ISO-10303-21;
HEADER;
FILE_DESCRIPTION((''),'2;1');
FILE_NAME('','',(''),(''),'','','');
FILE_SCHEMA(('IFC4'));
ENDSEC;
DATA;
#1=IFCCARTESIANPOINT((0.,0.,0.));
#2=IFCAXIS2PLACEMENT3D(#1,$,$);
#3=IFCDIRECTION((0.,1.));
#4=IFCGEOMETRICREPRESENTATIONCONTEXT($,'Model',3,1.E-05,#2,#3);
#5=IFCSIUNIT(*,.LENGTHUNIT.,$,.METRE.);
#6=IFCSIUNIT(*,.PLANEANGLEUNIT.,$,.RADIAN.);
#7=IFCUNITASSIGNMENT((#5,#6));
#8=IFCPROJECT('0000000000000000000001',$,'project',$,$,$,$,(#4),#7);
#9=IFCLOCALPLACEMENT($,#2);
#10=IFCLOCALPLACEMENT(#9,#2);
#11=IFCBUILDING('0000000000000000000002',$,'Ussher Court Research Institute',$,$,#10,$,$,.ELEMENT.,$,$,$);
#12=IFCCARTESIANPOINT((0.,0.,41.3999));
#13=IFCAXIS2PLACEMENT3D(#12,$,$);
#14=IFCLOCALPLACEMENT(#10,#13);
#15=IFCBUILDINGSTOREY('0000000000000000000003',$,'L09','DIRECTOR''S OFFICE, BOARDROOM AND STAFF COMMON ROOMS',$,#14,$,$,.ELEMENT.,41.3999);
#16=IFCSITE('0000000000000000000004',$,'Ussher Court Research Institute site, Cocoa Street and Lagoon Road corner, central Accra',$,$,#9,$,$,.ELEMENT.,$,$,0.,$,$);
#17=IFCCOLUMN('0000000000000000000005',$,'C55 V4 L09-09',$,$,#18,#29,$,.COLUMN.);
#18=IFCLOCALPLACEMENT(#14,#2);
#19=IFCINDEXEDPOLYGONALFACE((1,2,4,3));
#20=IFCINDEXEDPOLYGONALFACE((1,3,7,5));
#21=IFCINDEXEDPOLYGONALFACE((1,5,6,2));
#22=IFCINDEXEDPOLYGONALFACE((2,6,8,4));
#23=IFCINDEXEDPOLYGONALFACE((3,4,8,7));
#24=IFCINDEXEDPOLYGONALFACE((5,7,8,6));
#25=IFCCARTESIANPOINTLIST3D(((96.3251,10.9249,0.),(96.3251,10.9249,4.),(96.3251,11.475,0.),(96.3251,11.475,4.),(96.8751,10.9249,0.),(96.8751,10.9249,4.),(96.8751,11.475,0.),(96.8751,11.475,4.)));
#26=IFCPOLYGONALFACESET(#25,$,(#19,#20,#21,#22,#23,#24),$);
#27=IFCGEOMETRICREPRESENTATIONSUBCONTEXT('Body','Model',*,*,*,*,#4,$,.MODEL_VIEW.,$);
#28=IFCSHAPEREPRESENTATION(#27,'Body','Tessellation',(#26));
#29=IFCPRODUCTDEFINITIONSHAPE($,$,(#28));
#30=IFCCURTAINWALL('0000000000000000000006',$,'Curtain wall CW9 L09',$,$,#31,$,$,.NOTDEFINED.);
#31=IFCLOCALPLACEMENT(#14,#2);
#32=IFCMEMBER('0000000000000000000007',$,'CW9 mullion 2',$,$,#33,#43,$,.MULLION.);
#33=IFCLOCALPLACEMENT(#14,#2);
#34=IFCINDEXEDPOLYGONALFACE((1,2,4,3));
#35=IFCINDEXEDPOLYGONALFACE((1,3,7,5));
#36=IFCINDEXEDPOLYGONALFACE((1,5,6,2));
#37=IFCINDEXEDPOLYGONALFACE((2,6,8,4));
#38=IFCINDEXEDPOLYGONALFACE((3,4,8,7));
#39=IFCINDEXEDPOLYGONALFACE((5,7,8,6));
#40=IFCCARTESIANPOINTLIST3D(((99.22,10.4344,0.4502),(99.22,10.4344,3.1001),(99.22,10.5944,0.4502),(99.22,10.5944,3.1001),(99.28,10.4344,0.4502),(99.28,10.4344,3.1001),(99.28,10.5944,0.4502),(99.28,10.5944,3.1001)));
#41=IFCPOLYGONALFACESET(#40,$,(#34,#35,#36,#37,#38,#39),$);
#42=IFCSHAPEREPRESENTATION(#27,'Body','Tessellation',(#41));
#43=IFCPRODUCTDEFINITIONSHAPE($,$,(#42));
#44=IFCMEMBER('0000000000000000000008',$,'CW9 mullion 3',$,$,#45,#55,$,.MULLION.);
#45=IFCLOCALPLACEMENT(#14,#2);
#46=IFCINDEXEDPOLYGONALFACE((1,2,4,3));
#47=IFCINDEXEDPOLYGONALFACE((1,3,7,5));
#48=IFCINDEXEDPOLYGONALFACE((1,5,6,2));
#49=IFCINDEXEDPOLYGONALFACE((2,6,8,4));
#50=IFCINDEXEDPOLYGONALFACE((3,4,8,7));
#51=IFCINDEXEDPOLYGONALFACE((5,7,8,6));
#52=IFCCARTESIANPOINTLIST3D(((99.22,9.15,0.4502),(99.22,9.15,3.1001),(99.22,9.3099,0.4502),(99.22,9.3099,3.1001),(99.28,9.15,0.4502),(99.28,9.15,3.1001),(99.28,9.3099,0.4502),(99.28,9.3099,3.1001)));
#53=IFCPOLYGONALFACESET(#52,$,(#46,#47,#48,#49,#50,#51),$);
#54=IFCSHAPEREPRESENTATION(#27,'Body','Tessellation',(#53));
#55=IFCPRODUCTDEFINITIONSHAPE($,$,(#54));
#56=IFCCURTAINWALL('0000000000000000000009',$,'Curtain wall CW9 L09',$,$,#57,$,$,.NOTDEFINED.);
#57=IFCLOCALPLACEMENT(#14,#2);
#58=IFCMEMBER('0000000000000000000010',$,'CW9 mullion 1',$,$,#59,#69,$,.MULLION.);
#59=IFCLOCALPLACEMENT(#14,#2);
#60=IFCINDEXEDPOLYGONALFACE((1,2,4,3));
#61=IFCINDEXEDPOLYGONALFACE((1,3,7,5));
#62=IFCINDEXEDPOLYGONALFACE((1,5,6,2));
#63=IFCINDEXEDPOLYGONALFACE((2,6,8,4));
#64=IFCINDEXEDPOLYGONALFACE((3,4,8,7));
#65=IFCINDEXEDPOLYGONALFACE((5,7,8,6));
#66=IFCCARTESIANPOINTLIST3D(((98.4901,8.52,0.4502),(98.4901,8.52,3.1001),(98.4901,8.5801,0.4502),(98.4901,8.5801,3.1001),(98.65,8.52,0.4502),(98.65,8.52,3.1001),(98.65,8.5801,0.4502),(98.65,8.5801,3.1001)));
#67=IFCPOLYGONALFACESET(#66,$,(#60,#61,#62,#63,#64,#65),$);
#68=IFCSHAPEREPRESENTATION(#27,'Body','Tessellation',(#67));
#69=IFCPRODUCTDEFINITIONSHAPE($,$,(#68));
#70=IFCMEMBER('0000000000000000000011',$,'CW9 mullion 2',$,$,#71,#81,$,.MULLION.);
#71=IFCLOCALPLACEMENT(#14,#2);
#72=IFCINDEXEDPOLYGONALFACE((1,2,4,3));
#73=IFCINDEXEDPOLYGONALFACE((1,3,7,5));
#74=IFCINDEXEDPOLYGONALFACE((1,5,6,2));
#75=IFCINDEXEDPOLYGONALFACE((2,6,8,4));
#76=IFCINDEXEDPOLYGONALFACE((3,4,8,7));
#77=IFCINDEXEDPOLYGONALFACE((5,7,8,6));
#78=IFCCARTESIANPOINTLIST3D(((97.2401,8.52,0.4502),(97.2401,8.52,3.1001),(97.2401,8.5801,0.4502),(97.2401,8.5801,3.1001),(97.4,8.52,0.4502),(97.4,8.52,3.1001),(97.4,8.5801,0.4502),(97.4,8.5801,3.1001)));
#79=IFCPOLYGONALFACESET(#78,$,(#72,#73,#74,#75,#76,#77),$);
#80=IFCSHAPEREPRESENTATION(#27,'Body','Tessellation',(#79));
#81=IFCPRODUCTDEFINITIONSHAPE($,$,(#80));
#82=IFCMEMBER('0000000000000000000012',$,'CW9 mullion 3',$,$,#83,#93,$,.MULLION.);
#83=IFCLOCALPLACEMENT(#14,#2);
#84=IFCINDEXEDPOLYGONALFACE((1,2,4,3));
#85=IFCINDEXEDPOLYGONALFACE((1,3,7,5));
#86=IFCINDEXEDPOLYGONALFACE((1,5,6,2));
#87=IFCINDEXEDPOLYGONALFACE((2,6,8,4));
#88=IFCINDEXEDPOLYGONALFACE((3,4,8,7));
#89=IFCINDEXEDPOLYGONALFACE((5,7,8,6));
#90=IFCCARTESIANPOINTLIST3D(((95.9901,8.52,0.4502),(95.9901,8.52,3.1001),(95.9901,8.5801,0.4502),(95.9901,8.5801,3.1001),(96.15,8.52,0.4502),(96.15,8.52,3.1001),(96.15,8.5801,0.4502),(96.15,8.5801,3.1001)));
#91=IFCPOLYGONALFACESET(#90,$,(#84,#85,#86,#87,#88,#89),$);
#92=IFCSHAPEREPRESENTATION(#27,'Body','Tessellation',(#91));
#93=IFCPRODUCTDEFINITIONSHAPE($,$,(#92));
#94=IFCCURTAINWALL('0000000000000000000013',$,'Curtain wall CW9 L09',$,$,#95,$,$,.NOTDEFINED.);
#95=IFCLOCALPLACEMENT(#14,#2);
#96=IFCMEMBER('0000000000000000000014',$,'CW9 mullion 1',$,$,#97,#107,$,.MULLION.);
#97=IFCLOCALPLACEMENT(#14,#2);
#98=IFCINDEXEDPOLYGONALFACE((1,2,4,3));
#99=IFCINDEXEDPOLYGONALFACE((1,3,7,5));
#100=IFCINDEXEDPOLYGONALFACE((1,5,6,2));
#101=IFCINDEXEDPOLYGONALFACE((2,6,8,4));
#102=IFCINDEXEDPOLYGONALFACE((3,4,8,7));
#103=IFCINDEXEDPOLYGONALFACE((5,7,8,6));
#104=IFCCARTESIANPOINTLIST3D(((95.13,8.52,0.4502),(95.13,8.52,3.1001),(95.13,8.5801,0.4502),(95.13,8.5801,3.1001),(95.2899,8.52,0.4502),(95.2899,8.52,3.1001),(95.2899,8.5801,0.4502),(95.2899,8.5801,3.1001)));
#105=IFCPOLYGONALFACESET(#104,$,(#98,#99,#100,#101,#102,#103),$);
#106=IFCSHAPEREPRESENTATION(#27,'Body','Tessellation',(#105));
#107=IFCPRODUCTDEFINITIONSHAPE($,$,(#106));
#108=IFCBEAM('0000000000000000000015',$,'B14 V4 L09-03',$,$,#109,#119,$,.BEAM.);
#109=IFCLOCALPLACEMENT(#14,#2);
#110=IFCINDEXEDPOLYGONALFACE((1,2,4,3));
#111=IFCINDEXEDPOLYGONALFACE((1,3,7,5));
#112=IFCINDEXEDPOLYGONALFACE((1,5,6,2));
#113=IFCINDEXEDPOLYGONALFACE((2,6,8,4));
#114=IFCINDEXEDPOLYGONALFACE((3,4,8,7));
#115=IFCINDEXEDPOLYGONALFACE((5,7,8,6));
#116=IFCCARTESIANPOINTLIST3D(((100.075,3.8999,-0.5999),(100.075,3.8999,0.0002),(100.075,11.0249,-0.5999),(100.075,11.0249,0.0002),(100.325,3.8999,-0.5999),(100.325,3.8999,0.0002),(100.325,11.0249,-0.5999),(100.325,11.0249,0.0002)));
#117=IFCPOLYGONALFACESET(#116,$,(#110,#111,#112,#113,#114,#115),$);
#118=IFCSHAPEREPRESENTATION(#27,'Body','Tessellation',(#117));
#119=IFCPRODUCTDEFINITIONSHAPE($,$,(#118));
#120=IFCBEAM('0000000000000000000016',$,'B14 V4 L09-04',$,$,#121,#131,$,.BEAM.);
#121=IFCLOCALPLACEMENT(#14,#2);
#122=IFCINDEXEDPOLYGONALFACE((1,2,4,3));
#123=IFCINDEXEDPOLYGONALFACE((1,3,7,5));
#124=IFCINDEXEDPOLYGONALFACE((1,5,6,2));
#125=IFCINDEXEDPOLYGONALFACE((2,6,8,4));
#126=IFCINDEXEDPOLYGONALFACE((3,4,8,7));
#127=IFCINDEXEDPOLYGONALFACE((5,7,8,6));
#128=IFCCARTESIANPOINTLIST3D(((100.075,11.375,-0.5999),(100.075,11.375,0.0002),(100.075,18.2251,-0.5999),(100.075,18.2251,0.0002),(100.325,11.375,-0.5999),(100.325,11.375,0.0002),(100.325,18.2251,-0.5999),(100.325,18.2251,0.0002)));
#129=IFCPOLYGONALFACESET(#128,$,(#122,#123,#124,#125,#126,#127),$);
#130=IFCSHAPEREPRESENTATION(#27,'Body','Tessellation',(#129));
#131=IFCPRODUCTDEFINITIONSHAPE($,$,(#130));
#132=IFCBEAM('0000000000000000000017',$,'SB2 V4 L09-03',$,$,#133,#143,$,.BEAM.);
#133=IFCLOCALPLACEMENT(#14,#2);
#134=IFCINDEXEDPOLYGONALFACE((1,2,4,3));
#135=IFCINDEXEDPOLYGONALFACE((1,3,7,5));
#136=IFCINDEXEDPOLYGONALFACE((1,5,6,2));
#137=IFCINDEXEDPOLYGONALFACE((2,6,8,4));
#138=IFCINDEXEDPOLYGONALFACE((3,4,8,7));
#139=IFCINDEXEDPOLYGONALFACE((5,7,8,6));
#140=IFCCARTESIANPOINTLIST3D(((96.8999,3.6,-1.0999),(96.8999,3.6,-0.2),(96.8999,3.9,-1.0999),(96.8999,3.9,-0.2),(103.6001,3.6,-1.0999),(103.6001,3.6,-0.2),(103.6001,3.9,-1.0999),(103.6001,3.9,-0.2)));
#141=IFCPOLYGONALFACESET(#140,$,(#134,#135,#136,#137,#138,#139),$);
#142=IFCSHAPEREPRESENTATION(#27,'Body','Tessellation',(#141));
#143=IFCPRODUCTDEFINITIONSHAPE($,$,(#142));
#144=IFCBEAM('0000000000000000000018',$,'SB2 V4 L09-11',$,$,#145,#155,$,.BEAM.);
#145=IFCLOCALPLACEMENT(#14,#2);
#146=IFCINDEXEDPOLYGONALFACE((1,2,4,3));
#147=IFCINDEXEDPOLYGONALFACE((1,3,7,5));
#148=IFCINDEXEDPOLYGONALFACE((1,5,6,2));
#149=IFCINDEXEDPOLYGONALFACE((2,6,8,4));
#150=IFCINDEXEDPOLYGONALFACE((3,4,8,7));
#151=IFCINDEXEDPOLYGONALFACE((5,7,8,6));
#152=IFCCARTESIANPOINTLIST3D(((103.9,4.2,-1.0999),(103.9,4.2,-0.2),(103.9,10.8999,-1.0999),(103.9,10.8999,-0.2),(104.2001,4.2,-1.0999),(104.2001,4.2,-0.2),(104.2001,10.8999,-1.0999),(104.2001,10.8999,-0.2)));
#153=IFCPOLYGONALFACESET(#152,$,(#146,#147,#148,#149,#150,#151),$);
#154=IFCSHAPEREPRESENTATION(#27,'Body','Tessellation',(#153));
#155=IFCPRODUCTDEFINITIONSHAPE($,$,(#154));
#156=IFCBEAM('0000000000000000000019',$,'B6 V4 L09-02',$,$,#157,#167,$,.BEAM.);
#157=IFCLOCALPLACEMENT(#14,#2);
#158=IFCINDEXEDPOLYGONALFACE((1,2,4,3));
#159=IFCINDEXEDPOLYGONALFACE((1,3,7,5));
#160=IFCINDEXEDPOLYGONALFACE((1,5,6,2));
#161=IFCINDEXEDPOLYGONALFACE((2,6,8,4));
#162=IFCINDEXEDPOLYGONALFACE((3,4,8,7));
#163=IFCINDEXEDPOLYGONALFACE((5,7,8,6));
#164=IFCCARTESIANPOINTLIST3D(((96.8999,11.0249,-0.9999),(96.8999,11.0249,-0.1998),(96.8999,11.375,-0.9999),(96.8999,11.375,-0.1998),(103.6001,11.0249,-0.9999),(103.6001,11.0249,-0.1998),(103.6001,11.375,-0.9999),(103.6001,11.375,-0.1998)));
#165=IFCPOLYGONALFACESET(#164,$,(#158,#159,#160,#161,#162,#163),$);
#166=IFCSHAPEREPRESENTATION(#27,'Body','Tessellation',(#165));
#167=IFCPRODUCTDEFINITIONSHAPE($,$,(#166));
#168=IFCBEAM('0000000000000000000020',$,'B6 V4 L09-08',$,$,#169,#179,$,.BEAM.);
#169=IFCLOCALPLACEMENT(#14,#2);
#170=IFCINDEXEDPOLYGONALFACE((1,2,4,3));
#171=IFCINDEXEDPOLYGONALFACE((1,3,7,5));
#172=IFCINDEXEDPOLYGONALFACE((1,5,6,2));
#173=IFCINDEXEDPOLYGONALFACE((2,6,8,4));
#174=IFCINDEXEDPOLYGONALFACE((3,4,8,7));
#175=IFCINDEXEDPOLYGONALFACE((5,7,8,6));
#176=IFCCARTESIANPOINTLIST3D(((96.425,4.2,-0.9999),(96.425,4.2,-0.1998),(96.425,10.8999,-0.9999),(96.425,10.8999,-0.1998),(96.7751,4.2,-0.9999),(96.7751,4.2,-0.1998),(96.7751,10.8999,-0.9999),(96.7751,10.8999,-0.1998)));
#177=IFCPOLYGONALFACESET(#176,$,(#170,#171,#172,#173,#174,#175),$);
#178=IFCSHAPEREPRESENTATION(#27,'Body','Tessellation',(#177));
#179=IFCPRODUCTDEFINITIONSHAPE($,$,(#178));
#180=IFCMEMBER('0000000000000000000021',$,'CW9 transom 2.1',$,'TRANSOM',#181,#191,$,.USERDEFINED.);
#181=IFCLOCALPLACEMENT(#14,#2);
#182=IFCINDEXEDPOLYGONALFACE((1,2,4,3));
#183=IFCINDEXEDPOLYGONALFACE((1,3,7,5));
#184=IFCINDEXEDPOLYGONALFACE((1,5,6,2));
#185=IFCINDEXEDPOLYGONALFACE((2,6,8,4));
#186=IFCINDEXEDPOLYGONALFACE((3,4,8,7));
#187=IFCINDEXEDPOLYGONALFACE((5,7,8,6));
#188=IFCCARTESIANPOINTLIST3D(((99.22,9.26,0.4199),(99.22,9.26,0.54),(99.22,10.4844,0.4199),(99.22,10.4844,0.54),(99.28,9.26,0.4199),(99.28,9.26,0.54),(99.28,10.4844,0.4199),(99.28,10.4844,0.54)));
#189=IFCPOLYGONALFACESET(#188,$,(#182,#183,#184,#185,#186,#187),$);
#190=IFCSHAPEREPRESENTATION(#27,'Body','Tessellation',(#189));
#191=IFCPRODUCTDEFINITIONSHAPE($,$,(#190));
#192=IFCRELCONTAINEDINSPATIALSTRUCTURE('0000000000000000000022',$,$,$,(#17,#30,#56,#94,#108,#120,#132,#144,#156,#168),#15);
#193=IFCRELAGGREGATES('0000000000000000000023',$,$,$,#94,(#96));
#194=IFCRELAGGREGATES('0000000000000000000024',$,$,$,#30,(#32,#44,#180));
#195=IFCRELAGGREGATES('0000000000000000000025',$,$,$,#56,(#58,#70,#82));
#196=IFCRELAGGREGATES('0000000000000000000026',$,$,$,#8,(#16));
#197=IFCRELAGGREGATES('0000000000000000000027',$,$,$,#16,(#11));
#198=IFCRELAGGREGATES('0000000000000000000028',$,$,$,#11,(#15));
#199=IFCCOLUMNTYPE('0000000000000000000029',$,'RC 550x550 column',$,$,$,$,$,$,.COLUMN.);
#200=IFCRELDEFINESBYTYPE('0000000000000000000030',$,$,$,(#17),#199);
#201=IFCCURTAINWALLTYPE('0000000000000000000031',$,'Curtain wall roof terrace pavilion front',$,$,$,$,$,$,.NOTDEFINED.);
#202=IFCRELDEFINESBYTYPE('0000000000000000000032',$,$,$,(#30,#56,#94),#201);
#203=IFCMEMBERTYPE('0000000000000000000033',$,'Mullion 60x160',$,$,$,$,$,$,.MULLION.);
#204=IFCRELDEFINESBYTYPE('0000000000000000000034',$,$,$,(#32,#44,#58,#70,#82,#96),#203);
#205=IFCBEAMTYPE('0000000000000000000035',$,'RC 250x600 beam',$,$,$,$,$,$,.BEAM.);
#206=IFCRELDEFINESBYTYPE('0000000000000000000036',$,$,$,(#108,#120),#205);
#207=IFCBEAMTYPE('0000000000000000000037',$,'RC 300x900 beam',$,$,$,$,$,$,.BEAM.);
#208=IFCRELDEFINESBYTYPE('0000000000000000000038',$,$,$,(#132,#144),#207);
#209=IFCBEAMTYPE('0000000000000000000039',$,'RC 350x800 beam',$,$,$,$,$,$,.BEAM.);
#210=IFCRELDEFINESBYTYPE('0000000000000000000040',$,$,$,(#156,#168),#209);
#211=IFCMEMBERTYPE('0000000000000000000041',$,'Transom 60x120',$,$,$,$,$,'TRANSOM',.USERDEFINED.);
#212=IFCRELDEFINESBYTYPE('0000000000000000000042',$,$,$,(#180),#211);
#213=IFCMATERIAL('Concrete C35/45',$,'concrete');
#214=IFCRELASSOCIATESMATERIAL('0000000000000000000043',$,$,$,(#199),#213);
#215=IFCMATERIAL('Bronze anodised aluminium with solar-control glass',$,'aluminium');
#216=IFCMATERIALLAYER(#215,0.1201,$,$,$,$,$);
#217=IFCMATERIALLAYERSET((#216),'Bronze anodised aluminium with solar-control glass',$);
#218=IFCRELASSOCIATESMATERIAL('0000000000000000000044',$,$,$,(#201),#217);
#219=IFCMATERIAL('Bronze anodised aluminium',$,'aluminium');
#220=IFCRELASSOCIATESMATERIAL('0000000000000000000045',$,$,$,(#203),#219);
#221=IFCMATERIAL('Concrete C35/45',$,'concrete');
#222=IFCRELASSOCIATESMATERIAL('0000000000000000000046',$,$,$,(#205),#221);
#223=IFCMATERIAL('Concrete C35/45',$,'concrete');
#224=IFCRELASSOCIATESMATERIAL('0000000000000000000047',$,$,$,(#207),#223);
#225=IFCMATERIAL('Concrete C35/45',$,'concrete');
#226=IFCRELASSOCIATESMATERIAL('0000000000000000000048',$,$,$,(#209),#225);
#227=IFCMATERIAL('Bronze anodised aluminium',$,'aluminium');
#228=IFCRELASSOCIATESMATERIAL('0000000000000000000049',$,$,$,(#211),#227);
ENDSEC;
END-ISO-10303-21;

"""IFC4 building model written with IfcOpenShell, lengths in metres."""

from ifc_helpers import new_model, si_unit, direction, frame, origin, origin_2d, place, context, subcontext, project, spatial, rectangle, extrude, material, layer, layer_set, material_profile, profile_set, type_object, element, aggregate, save


model = new_model("IFC4")

# Units and contexts
model_context = context("Model", 3, precision=1e-05, world=origin(), true_north=direction((0.0, 1.0)))
body_context = subcontext(model_context, "Body", "Model", "MODEL_VIEW")
ifc_project = project(units=[si_unit("LENGTHUNIT", "METRE"), si_unit("PLANEANGLEUNIT", "RADIAN")], contexts=[model_context])

# Site, building, storey
site_placement = place(None, origin())
site = spatial("IfcSite", under=ifc_project, at=site_placement, Name="Ussher Court Research Institute site, Cocoa Street and Lagoon Road corner, central Accra", CompositionType="ELEMENT", RefElevation=0.0)
building_placement = place(site_placement, origin())
building = spatial("IfcBuilding", under=site, at=building_placement, Name="Ussher Court Research Institute", CompositionType="ELEMENT")
storey_placement = place(building_placement, frame((0.0, 0.0, 41.3999)))
storey = spatial("IfcBuildingStorey", under=building, at=storey_placement, Name="L09", Description="DIRECTOR'S OFFICE, BOARDROOM AND STAFF COMMON ROOMS", CompositionType="ELEMENT", Elevation=41.3999)

# Column
ifc_material_1 = material(Name="Concrete C35/45", Category="concrete")
ifc_material_profile_1 = material_profile(ifc_material_1, rectangle(XDim=0.55, YDim=0.55, at=origin_2d()), Name="RC 550x550")
ifc_profile_set_1 = profile_set([ifc_material_profile_1], Name="Concrete C35/45")
column_type = type_object("IfcColumnType", Name="RC 550x550 column", PredefinedType="COLUMN", material=ifc_profile_set_1)
column_placement = place(storey_placement, frame((96.6001, 11.2, 0.0), z_axis=(0.0, 0.0, 1.0), x_axis=(1.0, 0.0, 0.0)))
element("IfcColumn", 1, at=column_placement, inside=storey, type_object=column_type, Name="C55 V4 L09-09", PredefinedType="COLUMN", context=body_context, shape_type="SweptSolid", body=[
    extrude(rectangle(XDim=0.55, YDim=0.55, at=origin_2d()), origin(), (0.0, 0.0, 1.0), 4.0),
])

# Curtain walls, members
ifc_material_2 = material(Name="Bronze anodised aluminium with solar-control glass", Category="aluminium")
ifc_layer_1 = layer(ifc_material_2, 0.1201)
ifc_layer_set_1 = layer_set([ifc_layer_1], Name="Bronze anodised aluminium with solar-control glass")
curtain_wall_type = type_object("IfcCurtainWallType", Name="Curtain wall roof terrace pavilion front", PredefinedType="NOTDEFINED", material=ifc_layer_set_1)
curtain_wall_1_placement = place(storey_placement, origin())
curtain_wall_1 = element("IfcCurtainWall", 2, at=curtain_wall_1_placement, inside=storey, type_object=curtain_wall_type, Name="Curtain wall CW9 L09", PredefinedType="NOTDEFINED")
ifc_material_3 = material(Name="Bronze anodised aluminium", Category="aluminium")
ifc_material_profile_2 = material_profile(ifc_material_3, rectangle(XDim=0.0601, YDim=0.1599, at=origin_2d()), Name="Mullion 60x160")
ifc_profile_set_2 = profile_set([ifc_material_profile_2], Name="Bronze anodised aluminium")
member_type_1 = type_object("IfcMemberType", Name="Mullion 60x160", PredefinedType="MULLION", material=ifc_profile_set_2)
member_1_placement = place(storey_placement, frame((99.25, 10.5144, 0.4502), z_axis=(0.0, 0.0, 1.0), x_axis=(1.0, 0.0, 0.0)))
member_1 = element("IfcMember", 3, at=member_1_placement, type_object=member_type_1, Name="CW9 mullion 2", PredefinedType="MULLION", context=body_context, shape_type="SweptSolid", body=[
    extrude(rectangle(XDim=0.0601, YDim=0.1599, at=origin_2d()), origin(), (0.0, 0.0, 1.0), 2.6499),
])
member_2_placement = place(storey_placement, frame((99.25, 9.23, 0.4502), z_axis=(0.0, 0.0, 1.0), x_axis=(1.0, 0.0, 0.0)))
member_2 = element("IfcMember", 4, at=member_2_placement, type_object=member_type_1, Name="CW9 mullion 3", PredefinedType="MULLION", context=body_context, shape_type="SweptSolid", body=[
    extrude(rectangle(XDim=0.0601, YDim=0.1599, at=origin_2d()), origin(), (0.0, 0.0, 1.0), 2.6499),
])
curtain_wall_2_placement = place(storey_placement, origin())
curtain_wall_2 = element("IfcCurtainWall", 5, at=curtain_wall_2_placement, inside=storey, type_object=curtain_wall_type, Name="Curtain wall CW9 L09", PredefinedType="NOTDEFINED")
member_3_placement = place(storey_placement, frame((98.5701, 8.55, 0.4502), z_axis=(0.0, 0.0, 1.0), x_axis=(0.0, -1.0, 0.0)))
member_3 = element("IfcMember", 6, at=member_3_placement, type_object=member_type_1, Name="CW9 mullion 1", PredefinedType="MULLION", context=body_context, shape_type="SweptSolid", body=[
    extrude(rectangle(XDim=0.0601, YDim=0.1599, at=origin_2d()), origin(), (0.0, 0.0, 1.0), 2.6499),
])
member_4_placement = place(storey_placement, frame((97.3201, 8.55, 0.4502), z_axis=(0.0, 0.0, 1.0), x_axis=(0.0, -1.0, 0.0)))
member_4 = element("IfcMember", 7, at=member_4_placement, type_object=member_type_1, Name="CW9 mullion 2", PredefinedType="MULLION", context=body_context, shape_type="SweptSolid", body=[
    extrude(rectangle(XDim=0.0601, YDim=0.1599, at=origin_2d()), origin(), (0.0, 0.0, 1.0), 2.6499),
])
member_5_placement = place(storey_placement, frame((96.0701, 8.55, 0.4502), z_axis=(0.0, 0.0, 1.0), x_axis=(0.0, -1.0, 0.0)))
member_5 = element("IfcMember", 8, at=member_5_placement, type_object=member_type_1, Name="CW9 mullion 3", PredefinedType="MULLION", context=body_context, shape_type="SweptSolid", body=[
    extrude(rectangle(XDim=0.0601, YDim=0.1599, at=origin_2d()), origin(), (0.0, 0.0, 1.0), 2.6499),
])

# Curtain wall, member
curtain_wall_3_placement = place(storey_placement, origin())
curtain_wall_3 = element("IfcCurtainWall", 9, at=curtain_wall_3_placement, inside=storey, type_object=curtain_wall_type, Name="Curtain wall CW9 L09", PredefinedType="NOTDEFINED")
member_6_placement = place(storey_placement, frame((95.21, 8.55, 0.4502), z_axis=(0.0, 0.0, 1.0), x_axis=(0.0, -1.0, 0.0)))
member_6 = element("IfcMember", 10, at=member_6_placement, type_object=member_type_1, Name="CW9 mullion 1", PredefinedType="MULLION", context=body_context, shape_type="SweptSolid", body=[
    extrude(rectangle(XDim=0.0601, YDim=0.1599, at=origin_2d()), origin(), (0.0, 0.0, 1.0), 2.6499),
])
aggregate(curtain_wall_3, [member_6])

# Beams
ifc_material_4 = material(Name="Concrete C35/45", Category="concrete")
ifc_material_profile_3 = material_profile(ifc_material_4, rectangle(XDim=0.25, YDim=0.6001, at=origin_2d()), Name="RC 250x600")
ifc_profile_set_3 = profile_set([ifc_material_profile_3], Name="Concrete C35/45")
beam_type_1 = type_object("IfcBeamType", Name="RC 250x600 beam", PredefinedType="BEAM", material=ifc_profile_set_3)
beam_1_placement = place(storey_placement, frame((100.2, 3.8999, -0.2998), z_axis=(0.0, 1.0, 0.0), x_axis=(-1.0, 0.0, 0.0)))
element("IfcBeam", 11, at=beam_1_placement, inside=storey, type_object=beam_type_1, Name="B14 V4 L09-03", PredefinedType="BEAM", context=body_context, shape_type="SweptSolid", body=[
    extrude(rectangle(XDim=0.25, YDim=0.6001, at=origin_2d()), origin(), (0.0, 0.0, 1.0), 7.125),
])
beam_2_placement = place(storey_placement, frame((100.2, 11.375, -0.2998), z_axis=(0.0, 1.0, 0.0), x_axis=(-1.0, 0.0, 0.0)))
element("IfcBeam", 12, at=beam_2_placement, inside=storey, type_object=beam_type_1, Name="B14 V4 L09-04", PredefinedType="BEAM", context=body_context, shape_type="SweptSolid", body=[
    extrude(rectangle(XDim=0.25, YDim=0.6001, at=origin_2d()), origin(), (0.0, 0.0, 1.0), 6.8501),
])
ifc_material_5 = material(Name="Concrete C35/45", Category="concrete")
ifc_material_profile_4 = material_profile(ifc_material_5, rectangle(XDim=0.3, YDim=0.8999, at=origin_2d()), Name="RC 300x900")
ifc_profile_set_4 = profile_set([ifc_material_profile_4], Name="Concrete C35/45")
beam_type_2 = type_object("IfcBeamType", Name="RC 300x900 beam", PredefinedType="BEAM", material=ifc_profile_set_4)
beam_3_placement = place(storey_placement, frame((96.8999, 3.75, -0.6499), z_axis=(1.0, 0.0, 0.0), x_axis=(0.0, 1.0, 0.0)))
element("IfcBeam", 13, at=beam_3_placement, inside=storey, type_object=beam_type_2, Name="SB2 V4 L09-03", PredefinedType="BEAM", context=body_context, shape_type="SweptSolid", body=[
    extrude(rectangle(XDim=0.3, YDim=0.8999, at=origin_2d()), origin(), (0.0, 0.0, 1.0), 6.7002),
])
beam_4_placement = place(storey_placement, frame((104.05, 4.2, -0.6499), z_axis=(0.0, 1.0, 0.0), x_axis=(-1.0, 0.0, 0.0)))
element("IfcBeam", 14, at=beam_4_placement, inside=storey, type_object=beam_type_2, Name="SB2 V4 L09-11", PredefinedType="BEAM", context=body_context, shape_type="SweptSolid", body=[
    extrude(rectangle(XDim=0.3, YDim=0.8999, at=origin_2d()), origin(), (0.0, 0.0, 1.0), 6.7),
])
ifc_material_6 = material(Name="Concrete C35/45", Category="concrete")
ifc_material_profile_5 = material_profile(ifc_material_6, rectangle(XDim=0.3501, YDim=0.8, at=origin_2d()), Name="RC 350x800")
ifc_profile_set_5 = profile_set([ifc_material_profile_5], Name="Concrete C35/45")
beam_type_3 = type_object("IfcBeamType", Name="RC 350x800 beam", PredefinedType="BEAM", material=ifc_profile_set_5)
beam_5_placement = place(storey_placement, frame((96.8999, 11.2, -0.5999), z_axis=(1.0, 0.0, 0.0), x_axis=(0.0, 1.0, 0.0)))
element("IfcBeam", 15, at=beam_5_placement, inside=storey, type_object=beam_type_3, Name="B6 V4 L09-02", PredefinedType="BEAM", context=body_context, shape_type="SweptSolid", body=[
    extrude(rectangle(XDim=0.3501, YDim=0.8, at=origin_2d()), origin(), (0.0, 0.0, 1.0), 6.7002),
])
beam_6_placement = place(storey_placement, frame((96.6001, 4.2, -0.5999), z_axis=(0.0, 1.0, 0.0), x_axis=(-1.0, 0.0, 0.0)))
element("IfcBeam", 16, at=beam_6_placement, inside=storey, type_object=beam_type_3, Name="B6 V4 L09-08", PredefinedType="BEAM", context=body_context, shape_type="SweptSolid", body=[
    extrude(rectangle(XDim=0.3501, YDim=0.8, at=origin_2d()), origin(), (0.0, 0.0, 1.0), 6.7),
])

# Member
ifc_material_7 = material(Name="Bronze anodised aluminium", Category="aluminium")
ifc_material_profile_6 = material_profile(ifc_material_7, rectangle(XDim=0.0601, YDim=0.1201, at=origin_2d()), Name="Transom 60x120")
ifc_profile_set_6 = profile_set([ifc_material_profile_6], Name="Bronze anodised aluminium")
member_type_2 = type_object("IfcMemberType", Name="Transom 60x120", ElementType="TRANSOM", PredefinedType="USERDEFINED", material=ifc_profile_set_6)
member_7_placement = place(storey_placement, frame((99.25, 10.4844, 0.48), z_axis=(0.0, -1.0, 0.0), x_axis=(1.0, 0.0, 0.0)))
member_7 = element("IfcMember", 17, at=member_7_placement, type_object=member_type_2, Name="CW9 transom 2.1", ObjectType="TRANSOM", PredefinedType="USERDEFINED", context=body_context, shape_type="SweptSolid", body=[
    extrude(rectangle(XDim=0.0601, YDim=0.1201, at=origin_2d()), origin(), (0.0, 0.0, 1.0), 1.2244),
])

aggregate(curtain_wall_1, [member_1, member_2, member_7])
aggregate(curtain_wall_2, [member_3, member_4, member_5])

save(model, "model.ifc")
